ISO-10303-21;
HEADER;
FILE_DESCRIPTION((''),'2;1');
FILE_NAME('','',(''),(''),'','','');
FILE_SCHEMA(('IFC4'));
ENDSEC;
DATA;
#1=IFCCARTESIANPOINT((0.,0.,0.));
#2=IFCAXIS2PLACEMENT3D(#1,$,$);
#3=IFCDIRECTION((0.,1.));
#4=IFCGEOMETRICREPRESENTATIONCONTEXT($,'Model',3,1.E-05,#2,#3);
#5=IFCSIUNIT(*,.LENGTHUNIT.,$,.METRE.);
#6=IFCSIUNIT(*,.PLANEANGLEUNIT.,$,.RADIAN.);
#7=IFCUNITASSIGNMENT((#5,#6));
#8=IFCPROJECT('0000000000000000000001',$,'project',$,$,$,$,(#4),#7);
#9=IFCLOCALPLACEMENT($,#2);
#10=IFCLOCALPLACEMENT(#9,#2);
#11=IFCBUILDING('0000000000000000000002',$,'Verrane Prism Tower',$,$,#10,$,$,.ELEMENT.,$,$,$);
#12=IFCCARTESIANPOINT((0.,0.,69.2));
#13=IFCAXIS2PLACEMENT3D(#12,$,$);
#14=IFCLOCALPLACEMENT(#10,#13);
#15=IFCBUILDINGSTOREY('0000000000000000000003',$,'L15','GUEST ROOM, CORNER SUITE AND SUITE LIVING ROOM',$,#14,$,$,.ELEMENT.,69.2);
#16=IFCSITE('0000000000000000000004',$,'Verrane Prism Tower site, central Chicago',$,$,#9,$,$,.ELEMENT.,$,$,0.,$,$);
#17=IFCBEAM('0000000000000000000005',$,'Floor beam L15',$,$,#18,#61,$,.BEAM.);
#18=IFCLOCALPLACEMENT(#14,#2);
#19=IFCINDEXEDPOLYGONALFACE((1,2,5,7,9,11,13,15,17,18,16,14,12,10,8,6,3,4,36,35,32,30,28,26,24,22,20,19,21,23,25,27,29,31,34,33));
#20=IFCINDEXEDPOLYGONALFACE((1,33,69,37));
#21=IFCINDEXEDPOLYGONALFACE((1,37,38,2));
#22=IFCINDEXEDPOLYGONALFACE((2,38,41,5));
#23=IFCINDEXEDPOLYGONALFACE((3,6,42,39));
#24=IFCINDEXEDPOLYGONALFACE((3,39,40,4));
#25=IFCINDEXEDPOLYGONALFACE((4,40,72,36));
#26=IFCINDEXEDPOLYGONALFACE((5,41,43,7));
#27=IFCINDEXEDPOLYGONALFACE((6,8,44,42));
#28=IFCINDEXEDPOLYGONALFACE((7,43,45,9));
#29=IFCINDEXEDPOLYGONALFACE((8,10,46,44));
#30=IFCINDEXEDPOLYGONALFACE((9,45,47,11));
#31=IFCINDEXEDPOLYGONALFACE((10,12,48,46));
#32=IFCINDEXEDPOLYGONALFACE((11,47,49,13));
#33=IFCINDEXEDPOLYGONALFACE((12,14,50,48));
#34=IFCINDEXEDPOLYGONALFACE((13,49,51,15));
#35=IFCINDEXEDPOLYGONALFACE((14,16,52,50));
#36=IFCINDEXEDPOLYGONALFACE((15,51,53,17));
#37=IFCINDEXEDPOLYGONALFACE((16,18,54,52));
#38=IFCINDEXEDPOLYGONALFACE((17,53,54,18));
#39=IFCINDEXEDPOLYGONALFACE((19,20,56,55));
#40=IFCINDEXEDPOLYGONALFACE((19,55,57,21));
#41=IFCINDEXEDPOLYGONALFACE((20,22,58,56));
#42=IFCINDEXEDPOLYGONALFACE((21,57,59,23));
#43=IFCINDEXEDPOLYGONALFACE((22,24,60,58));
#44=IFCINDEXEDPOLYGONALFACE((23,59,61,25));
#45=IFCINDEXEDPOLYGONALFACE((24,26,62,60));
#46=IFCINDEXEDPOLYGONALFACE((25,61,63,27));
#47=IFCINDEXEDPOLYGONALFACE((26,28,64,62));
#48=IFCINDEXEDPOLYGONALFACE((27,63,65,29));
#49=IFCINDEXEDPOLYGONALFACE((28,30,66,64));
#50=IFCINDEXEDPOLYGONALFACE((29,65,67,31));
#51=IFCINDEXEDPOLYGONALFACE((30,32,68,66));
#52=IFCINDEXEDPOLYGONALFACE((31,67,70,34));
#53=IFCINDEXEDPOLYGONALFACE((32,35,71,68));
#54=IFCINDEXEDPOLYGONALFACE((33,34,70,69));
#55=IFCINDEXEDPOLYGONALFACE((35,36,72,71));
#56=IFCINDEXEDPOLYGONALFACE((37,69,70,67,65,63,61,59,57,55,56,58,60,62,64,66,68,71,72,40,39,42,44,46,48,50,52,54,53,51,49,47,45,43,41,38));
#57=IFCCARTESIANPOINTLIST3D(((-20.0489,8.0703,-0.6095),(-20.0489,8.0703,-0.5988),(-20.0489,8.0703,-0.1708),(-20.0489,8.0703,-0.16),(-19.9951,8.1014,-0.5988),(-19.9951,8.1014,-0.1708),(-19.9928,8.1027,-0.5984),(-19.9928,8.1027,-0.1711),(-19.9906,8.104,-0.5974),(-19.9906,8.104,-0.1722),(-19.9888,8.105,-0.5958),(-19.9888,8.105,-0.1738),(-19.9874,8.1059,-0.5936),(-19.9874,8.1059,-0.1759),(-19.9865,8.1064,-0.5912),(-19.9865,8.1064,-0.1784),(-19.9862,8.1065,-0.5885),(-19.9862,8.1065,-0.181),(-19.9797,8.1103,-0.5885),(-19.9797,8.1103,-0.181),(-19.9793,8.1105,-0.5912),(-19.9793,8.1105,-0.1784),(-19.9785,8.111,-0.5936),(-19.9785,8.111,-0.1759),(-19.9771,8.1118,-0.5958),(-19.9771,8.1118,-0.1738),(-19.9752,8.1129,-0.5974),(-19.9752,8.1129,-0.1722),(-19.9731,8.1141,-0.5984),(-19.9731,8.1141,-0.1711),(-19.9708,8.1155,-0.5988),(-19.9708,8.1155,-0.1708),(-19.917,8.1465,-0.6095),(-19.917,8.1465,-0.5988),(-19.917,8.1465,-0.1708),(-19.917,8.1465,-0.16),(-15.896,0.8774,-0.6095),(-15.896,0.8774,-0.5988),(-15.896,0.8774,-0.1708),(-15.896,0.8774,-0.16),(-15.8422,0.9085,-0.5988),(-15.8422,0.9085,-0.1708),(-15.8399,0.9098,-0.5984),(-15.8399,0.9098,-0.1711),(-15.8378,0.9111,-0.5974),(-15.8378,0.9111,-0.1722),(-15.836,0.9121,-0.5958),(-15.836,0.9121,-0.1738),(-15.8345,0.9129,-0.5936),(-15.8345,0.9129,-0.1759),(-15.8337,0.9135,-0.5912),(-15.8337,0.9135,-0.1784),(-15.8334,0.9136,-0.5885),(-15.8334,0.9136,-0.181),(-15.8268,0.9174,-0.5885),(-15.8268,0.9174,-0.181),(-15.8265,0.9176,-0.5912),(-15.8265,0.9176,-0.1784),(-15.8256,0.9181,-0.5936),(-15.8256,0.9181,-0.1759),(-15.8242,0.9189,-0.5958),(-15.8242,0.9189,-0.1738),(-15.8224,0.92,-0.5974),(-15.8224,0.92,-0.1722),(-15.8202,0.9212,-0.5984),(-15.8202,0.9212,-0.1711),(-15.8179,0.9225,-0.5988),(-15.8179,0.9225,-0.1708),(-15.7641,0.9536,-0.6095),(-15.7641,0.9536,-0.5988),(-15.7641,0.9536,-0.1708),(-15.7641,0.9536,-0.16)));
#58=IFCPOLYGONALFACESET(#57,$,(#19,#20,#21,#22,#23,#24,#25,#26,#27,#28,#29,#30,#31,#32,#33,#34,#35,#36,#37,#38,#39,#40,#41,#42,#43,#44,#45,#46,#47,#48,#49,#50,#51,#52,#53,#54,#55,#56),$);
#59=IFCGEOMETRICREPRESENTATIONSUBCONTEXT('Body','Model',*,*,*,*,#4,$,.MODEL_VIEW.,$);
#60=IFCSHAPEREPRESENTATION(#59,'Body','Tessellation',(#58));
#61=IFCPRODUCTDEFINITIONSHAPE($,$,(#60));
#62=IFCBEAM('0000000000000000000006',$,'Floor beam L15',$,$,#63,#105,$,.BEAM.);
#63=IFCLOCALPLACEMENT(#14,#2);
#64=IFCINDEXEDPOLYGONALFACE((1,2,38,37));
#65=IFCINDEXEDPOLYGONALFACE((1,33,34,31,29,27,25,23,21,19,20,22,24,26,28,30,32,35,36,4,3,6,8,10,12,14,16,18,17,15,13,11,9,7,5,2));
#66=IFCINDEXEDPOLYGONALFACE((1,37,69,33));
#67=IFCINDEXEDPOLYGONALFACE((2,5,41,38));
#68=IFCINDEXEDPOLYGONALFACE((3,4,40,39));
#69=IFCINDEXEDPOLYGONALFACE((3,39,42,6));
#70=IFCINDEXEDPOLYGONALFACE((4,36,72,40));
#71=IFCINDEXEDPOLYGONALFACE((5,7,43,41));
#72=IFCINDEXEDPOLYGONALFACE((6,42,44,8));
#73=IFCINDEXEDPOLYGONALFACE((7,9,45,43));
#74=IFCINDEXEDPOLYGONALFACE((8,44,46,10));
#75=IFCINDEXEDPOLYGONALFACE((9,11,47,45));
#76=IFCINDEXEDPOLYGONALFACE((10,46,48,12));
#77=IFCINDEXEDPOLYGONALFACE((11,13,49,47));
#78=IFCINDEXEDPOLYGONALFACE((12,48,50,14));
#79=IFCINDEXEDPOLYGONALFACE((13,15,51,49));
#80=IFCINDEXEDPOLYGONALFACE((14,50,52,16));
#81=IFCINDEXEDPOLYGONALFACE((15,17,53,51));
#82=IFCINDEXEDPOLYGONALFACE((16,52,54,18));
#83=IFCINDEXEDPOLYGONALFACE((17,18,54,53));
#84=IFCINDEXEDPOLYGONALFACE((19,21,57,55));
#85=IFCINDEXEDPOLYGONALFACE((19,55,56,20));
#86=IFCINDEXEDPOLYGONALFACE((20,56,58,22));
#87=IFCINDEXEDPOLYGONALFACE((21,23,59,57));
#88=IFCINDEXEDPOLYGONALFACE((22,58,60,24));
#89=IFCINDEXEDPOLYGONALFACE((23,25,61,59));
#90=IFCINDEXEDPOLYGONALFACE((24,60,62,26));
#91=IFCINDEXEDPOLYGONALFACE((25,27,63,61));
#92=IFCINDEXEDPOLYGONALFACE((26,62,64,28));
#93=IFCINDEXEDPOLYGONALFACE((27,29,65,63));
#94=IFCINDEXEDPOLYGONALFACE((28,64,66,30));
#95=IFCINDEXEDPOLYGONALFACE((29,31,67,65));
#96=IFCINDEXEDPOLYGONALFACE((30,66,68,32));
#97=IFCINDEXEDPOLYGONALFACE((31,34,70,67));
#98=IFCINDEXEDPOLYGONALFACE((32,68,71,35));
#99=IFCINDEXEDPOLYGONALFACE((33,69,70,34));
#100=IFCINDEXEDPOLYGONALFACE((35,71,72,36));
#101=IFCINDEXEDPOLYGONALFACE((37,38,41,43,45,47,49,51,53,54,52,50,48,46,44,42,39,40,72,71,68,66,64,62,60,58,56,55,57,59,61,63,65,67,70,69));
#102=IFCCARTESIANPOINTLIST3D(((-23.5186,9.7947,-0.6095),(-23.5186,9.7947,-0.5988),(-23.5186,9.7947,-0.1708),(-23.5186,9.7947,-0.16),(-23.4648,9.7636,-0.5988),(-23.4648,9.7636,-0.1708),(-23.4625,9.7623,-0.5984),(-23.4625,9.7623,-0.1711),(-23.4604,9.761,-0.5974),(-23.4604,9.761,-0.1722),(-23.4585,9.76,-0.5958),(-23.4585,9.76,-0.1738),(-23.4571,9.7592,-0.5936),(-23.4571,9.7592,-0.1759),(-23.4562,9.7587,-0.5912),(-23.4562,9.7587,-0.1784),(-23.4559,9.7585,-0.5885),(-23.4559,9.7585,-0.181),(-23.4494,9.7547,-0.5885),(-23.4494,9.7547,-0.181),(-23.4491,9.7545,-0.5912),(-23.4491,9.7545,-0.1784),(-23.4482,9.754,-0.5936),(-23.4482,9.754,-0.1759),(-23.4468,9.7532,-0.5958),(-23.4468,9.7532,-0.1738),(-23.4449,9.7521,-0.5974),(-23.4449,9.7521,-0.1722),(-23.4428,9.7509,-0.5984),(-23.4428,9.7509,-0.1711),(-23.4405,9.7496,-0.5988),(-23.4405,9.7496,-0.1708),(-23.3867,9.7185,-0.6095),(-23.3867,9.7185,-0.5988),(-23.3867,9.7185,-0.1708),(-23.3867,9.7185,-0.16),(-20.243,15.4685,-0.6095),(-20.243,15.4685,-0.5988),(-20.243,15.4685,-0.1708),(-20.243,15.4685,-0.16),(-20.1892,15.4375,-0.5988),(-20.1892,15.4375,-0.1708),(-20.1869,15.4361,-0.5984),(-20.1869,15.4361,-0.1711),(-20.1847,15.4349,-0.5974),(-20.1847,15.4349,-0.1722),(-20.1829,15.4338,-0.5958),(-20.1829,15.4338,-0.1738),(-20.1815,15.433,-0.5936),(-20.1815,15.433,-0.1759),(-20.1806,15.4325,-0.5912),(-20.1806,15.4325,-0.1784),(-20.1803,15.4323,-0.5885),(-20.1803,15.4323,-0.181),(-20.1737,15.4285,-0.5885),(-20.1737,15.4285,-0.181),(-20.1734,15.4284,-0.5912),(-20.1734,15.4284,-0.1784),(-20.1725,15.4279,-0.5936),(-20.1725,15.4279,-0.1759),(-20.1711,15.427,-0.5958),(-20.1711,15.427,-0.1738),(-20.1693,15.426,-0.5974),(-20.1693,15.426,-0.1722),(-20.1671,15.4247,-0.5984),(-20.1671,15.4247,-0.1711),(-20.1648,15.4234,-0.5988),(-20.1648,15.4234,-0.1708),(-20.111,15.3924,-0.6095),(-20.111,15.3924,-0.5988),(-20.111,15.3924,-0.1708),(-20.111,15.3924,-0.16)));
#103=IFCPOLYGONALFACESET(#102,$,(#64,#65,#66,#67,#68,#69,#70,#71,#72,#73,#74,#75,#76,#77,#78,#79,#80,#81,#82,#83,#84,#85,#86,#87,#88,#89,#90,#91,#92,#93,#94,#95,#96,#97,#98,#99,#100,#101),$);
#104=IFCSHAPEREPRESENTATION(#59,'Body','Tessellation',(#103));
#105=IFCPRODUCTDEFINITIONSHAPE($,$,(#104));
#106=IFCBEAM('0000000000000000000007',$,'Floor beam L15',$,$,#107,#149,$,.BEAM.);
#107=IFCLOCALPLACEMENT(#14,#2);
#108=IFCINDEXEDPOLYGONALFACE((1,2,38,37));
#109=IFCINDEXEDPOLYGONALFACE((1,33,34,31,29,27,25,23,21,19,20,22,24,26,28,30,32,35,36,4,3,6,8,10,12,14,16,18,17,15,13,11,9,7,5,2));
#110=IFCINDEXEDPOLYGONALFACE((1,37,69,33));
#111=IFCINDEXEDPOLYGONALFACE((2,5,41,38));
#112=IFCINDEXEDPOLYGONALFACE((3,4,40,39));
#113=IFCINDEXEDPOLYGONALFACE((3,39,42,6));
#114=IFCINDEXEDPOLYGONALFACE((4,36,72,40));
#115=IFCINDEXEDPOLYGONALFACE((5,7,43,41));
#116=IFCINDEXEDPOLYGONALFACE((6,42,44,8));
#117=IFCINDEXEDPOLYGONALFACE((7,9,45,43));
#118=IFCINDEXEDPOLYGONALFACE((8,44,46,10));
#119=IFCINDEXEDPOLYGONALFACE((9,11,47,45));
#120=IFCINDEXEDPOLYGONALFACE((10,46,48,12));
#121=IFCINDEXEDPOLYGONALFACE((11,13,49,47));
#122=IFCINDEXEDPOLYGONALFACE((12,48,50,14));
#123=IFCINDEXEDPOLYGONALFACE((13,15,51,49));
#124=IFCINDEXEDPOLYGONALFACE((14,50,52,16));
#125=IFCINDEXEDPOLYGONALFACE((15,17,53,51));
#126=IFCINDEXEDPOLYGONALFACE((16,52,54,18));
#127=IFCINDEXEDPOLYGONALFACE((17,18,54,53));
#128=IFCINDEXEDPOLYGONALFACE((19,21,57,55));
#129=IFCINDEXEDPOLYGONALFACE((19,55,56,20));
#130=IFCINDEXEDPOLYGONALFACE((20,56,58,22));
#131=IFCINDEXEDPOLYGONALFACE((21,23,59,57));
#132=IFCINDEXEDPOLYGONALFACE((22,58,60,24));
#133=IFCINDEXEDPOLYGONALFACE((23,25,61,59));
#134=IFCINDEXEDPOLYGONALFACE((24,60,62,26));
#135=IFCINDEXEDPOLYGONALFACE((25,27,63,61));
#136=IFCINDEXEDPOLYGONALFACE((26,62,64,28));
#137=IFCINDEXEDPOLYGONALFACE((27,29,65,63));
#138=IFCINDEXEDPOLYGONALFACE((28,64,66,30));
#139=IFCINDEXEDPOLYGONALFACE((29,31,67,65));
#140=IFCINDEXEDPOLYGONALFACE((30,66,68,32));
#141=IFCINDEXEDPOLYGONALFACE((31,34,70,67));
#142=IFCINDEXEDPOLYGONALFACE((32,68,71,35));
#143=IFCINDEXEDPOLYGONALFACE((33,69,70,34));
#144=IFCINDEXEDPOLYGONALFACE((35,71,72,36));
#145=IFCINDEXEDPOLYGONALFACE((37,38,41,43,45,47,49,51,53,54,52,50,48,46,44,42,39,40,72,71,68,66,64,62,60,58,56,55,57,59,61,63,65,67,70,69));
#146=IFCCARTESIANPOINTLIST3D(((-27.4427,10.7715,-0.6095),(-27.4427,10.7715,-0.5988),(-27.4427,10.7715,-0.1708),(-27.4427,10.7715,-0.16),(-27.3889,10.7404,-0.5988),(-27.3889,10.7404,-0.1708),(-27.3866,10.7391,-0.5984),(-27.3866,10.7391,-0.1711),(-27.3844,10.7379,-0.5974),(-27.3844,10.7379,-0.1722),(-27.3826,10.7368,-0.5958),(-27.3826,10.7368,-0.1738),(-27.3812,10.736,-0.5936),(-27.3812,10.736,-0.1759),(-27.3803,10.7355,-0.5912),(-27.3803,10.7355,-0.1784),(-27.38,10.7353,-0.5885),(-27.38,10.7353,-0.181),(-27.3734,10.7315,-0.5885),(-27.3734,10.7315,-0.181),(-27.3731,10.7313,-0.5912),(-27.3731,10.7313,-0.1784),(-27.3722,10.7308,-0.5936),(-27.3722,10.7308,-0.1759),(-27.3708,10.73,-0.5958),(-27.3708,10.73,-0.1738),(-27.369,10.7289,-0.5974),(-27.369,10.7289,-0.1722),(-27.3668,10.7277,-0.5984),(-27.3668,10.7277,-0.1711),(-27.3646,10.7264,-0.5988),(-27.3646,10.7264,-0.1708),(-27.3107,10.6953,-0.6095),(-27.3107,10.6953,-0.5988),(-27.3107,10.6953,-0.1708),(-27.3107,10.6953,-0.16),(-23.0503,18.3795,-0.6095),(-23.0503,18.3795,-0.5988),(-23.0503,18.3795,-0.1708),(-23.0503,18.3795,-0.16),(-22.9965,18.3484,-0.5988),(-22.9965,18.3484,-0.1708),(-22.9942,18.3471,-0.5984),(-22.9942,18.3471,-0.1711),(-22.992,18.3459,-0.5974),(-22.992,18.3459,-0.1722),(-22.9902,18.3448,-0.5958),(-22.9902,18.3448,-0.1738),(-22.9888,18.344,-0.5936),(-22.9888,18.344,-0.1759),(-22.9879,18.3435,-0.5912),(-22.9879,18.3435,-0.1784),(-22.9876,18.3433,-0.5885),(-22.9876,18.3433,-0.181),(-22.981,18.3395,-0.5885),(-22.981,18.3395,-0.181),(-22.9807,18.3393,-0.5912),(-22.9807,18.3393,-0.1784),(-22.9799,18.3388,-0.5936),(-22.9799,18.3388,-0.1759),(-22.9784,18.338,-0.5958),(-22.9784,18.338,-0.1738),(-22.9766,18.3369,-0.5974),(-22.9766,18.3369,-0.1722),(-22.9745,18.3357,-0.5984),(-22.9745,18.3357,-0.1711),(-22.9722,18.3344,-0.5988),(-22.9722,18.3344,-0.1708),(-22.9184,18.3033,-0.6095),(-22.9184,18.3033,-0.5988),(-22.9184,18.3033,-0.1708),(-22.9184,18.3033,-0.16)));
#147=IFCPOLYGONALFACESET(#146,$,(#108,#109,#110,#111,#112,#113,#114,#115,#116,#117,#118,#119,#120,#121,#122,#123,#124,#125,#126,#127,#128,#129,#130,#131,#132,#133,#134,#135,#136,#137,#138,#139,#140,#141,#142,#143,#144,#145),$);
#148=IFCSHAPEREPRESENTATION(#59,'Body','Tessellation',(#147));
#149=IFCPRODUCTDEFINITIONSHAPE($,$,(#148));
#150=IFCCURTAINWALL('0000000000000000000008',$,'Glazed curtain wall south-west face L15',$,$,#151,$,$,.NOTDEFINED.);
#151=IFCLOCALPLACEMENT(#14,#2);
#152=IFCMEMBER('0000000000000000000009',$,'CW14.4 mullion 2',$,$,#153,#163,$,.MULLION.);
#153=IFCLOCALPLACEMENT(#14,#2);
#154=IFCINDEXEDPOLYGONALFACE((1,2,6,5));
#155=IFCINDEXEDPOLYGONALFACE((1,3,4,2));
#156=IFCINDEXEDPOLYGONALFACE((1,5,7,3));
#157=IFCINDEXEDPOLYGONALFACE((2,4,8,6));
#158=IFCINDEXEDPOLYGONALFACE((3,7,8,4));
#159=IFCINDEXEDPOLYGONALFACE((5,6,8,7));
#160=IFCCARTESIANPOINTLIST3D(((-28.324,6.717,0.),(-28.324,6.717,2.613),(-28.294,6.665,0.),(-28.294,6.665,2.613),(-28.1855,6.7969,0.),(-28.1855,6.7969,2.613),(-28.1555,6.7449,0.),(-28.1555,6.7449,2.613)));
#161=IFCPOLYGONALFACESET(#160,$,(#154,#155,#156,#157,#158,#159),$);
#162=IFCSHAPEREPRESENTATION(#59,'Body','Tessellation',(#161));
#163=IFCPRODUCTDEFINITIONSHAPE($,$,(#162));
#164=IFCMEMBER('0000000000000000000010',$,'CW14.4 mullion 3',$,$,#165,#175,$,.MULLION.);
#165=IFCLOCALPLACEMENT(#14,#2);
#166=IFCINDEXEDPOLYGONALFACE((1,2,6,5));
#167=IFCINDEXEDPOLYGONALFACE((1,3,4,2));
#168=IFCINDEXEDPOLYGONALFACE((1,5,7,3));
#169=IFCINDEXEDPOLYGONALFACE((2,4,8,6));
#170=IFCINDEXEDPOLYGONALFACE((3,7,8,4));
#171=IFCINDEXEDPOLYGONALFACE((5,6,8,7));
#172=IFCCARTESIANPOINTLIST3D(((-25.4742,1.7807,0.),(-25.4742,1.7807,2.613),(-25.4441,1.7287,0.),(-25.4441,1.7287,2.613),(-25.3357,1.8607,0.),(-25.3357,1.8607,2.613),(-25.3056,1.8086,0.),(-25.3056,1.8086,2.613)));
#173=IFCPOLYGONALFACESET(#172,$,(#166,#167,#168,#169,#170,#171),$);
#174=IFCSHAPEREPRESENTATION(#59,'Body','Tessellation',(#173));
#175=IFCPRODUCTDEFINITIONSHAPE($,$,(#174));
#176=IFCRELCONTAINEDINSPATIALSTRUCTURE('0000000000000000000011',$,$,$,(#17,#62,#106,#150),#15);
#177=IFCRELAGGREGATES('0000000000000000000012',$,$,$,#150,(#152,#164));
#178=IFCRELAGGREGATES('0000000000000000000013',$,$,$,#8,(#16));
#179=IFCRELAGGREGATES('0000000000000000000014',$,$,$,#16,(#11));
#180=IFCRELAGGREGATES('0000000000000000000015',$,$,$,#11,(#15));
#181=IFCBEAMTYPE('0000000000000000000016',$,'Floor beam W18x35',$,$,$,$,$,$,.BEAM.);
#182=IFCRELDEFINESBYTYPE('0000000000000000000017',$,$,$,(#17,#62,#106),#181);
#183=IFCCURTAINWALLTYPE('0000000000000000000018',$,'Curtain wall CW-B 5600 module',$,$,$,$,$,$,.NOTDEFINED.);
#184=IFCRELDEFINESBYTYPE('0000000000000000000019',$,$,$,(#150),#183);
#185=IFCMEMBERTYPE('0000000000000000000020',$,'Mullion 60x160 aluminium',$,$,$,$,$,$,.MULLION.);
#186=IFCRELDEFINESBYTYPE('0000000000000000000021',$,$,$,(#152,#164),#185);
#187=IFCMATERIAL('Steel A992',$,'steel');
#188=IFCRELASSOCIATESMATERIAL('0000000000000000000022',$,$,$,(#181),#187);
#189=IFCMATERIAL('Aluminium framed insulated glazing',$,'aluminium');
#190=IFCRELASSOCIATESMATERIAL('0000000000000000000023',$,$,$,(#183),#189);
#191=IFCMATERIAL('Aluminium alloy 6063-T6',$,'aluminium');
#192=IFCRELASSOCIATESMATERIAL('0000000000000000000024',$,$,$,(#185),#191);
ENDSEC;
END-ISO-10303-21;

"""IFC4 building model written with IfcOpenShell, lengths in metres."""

from ifc_helpers import new_model, si_unit, direction, frame, origin, origin_2d, place, context, subcontext, project, spatial, rectangle, i_section, extrude, material, material_profile, profile_set, type_object, element, aggregate, save


model = new_model("IFC4")

# Units and contexts
model_context = context("Model", 3, precision=1e-05, world=origin(), true_north=direction((0.0, 1.0)))
body_context = subcontext(model_context, "Body", "Model", "MODEL_VIEW")
ifc_project = project(units=[si_unit("LENGTHUNIT", "METRE"), si_unit("PLANEANGLEUNIT", "RADIAN")], contexts=[model_context])

# Site, building, storey
site_placement = place(None, origin())
site = spatial("IfcSite", under=ifc_project, at=site_placement, Name="Verrane Prism Tower site, central Chicago", CompositionType="ELEMENT", RefElevation=0.0)
building_placement = place(site_placement, origin())
building = spatial("IfcBuilding", under=site, at=building_placement, Name="Verrane Prism Tower", CompositionType="ELEMENT")
storey_placement = place(building_placement, frame((0.0, 0.0, 69.2)))
storey = spatial("IfcBuildingStorey", under=building, at=storey_placement, Name="L15", Description="GUEST ROOM, CORNER SUITE AND SUITE LIVING ROOM", CompositionType="ELEMENT", Elevation=69.2)

# Beams
ifc_material_1 = material(Name="Steel A992", Category="steel")
ifc_material_profile_1 = material_profile(ifc_material_1, i_section(OverallWidth=0.1523, OverallDepth=0.4495, WebThickness=0.0076, FlangeThickness=0.0107, FilletRadius=0.0103, at=origin_2d()), Name="W18x35")
ifc_profile_set_1 = profile_set([ifc_material_profile_1], Name="Steel A992")
beam_type_1 = type_object("IfcBeamType", Name="Floor beam W18x35", PredefinedType="BEAM", material=ifc_profile_set_1)
beam_1_placement = place(storey_placement, frame((-15.8301, 0.9155, -0.3848), z_axis=(-0.500002, 0.866024, 0.0), x_axis=(-0.866024, -0.500002, 0.0)))
element("IfcBeam", 1, at=beam_1_placement, inside=storey, type_object=beam_type_1, Name="Floor beam L15", PredefinedType="BEAM", context=body_context, shape_type="SweptSolid", body=[
    extrude(i_section(OverallWidth=0.1523, OverallDepth=0.4495, WebThickness=0.0076, FlangeThickness=0.0107, FilletRadius=0.0103, at=origin_2d()), origin(), (0.0, 0.0, 1.0), 8.3057),
])
beam_2_placement = place(storey_placement, frame((-23.4526, 9.7566, -0.3848), z_axis=(0.499983, 0.866035, 0.0), x_axis=(-0.866035, 0.499983, 0.0)))
element("IfcBeam", 2, at=beam_2_placement, inside=storey, type_object=beam_type_1, Name="Floor beam L15", PredefinedType="BEAM", context=body_context, shape_type="SweptSolid", body=[
    extrude(i_section(OverallWidth=0.1523, OverallDepth=0.4495, WebThickness=0.0076, FlangeThickness=0.0107, FilletRadius=0.0103, at=origin_2d()), origin(), (0.0, 0.0, 1.0), 6.5515),
])
beam_3_placement = place(storey_placement, frame((-27.3767, 10.7334, -0.3848), z_axis=(0.499992, 0.86603, 0.0), x_axis=(-0.86603, 0.499992, 0.0)))
element("IfcBeam", 3, at=beam_3_placement, inside=storey, type_object=beam_type_1, Name="Floor beam L15", PredefinedType="BEAM", context=body_context, shape_type="SweptSolid", body=[
    extrude(i_section(OverallWidth=0.1523, OverallDepth=0.4495, WebThickness=0.0076, FlangeThickness=0.0107, FilletRadius=0.0103, at=origin_2d()), origin(), (0.0, 0.0, 1.0), 8.7849),
])

# Curtain wall, members
ifc_material_2 = material(Name="Aluminium framed insulated glazing", Category="aluminium")
curtain_wall_type = type_object("IfcCurtainWallType", Name="Curtain wall CW-B 5600 module", PredefinedType="NOTDEFINED", material=ifc_material_2)
curtain_wall_placement = place(storey_placement, origin())
curtain_wall = element("IfcCurtainWall", 4, at=curtain_wall_placement, inside=storey, type_object=curtain_wall_type, Name="Glazed curtain wall south-west face L15", PredefinedType="NOTDEFINED")
ifc_material_3 = material(Name="Aluminium alloy 6063-T6", Category="aluminium")
ifc_material_profile_2 = material_profile(ifc_material_3, rectangle(XDim=0.1599, YDim=0.0601, at=origin_2d()), Name="Mullion 60x160 aluminium")
ifc_profile_set_2 = profile_set([ifc_material_profile_2], Name="Aluminium alloy 6063-T6")
member_type_1 = type_object("IfcMemberType", Name="Mullion 60x160 aluminium", PredefinedType="MULLION", material=ifc_profile_set_2)
member_1_placement = place(storey_placement, frame((-28.2397, 6.731, 0.0), z_axis=(0.0, 0.0, 1.0), x_axis=(0.866025, 0.5, 0.0)))
member_1 = element("IfcMember", 5, at=member_1_placement, type_object=member_type_1, Name="CW14.4 mullion 2", PredefinedType="MULLION", context=body_context, shape_type="SweptSolid", body=[
    extrude(rectangle(XDim=0.1599, YDim=0.0601, at=origin_2d()), origin(), (0.0, 0.0, 1.0), 2.613),
])
member_2_placement = place(storey_placement, frame((-25.3899, 1.7947, 0.0), z_axis=(0.0, 0.0, 1.0), x_axis=(0.866025, 0.5, 0.0)))
member_2 = element("IfcMember", 6, at=member_2_placement, type_object=member_type_1, Name="CW14.4 mullion 3", PredefinedType="MULLION", context=body_context, shape_type="SweptSolid", body=[
    extrude(rectangle(XDim=0.1599, YDim=0.0601, at=origin_2d()), origin(), (0.0, 0.0, 1.0), 2.613),
])

aggregate(curtain_wall, [member_1, member_2])

save(model, "model.ifc")
